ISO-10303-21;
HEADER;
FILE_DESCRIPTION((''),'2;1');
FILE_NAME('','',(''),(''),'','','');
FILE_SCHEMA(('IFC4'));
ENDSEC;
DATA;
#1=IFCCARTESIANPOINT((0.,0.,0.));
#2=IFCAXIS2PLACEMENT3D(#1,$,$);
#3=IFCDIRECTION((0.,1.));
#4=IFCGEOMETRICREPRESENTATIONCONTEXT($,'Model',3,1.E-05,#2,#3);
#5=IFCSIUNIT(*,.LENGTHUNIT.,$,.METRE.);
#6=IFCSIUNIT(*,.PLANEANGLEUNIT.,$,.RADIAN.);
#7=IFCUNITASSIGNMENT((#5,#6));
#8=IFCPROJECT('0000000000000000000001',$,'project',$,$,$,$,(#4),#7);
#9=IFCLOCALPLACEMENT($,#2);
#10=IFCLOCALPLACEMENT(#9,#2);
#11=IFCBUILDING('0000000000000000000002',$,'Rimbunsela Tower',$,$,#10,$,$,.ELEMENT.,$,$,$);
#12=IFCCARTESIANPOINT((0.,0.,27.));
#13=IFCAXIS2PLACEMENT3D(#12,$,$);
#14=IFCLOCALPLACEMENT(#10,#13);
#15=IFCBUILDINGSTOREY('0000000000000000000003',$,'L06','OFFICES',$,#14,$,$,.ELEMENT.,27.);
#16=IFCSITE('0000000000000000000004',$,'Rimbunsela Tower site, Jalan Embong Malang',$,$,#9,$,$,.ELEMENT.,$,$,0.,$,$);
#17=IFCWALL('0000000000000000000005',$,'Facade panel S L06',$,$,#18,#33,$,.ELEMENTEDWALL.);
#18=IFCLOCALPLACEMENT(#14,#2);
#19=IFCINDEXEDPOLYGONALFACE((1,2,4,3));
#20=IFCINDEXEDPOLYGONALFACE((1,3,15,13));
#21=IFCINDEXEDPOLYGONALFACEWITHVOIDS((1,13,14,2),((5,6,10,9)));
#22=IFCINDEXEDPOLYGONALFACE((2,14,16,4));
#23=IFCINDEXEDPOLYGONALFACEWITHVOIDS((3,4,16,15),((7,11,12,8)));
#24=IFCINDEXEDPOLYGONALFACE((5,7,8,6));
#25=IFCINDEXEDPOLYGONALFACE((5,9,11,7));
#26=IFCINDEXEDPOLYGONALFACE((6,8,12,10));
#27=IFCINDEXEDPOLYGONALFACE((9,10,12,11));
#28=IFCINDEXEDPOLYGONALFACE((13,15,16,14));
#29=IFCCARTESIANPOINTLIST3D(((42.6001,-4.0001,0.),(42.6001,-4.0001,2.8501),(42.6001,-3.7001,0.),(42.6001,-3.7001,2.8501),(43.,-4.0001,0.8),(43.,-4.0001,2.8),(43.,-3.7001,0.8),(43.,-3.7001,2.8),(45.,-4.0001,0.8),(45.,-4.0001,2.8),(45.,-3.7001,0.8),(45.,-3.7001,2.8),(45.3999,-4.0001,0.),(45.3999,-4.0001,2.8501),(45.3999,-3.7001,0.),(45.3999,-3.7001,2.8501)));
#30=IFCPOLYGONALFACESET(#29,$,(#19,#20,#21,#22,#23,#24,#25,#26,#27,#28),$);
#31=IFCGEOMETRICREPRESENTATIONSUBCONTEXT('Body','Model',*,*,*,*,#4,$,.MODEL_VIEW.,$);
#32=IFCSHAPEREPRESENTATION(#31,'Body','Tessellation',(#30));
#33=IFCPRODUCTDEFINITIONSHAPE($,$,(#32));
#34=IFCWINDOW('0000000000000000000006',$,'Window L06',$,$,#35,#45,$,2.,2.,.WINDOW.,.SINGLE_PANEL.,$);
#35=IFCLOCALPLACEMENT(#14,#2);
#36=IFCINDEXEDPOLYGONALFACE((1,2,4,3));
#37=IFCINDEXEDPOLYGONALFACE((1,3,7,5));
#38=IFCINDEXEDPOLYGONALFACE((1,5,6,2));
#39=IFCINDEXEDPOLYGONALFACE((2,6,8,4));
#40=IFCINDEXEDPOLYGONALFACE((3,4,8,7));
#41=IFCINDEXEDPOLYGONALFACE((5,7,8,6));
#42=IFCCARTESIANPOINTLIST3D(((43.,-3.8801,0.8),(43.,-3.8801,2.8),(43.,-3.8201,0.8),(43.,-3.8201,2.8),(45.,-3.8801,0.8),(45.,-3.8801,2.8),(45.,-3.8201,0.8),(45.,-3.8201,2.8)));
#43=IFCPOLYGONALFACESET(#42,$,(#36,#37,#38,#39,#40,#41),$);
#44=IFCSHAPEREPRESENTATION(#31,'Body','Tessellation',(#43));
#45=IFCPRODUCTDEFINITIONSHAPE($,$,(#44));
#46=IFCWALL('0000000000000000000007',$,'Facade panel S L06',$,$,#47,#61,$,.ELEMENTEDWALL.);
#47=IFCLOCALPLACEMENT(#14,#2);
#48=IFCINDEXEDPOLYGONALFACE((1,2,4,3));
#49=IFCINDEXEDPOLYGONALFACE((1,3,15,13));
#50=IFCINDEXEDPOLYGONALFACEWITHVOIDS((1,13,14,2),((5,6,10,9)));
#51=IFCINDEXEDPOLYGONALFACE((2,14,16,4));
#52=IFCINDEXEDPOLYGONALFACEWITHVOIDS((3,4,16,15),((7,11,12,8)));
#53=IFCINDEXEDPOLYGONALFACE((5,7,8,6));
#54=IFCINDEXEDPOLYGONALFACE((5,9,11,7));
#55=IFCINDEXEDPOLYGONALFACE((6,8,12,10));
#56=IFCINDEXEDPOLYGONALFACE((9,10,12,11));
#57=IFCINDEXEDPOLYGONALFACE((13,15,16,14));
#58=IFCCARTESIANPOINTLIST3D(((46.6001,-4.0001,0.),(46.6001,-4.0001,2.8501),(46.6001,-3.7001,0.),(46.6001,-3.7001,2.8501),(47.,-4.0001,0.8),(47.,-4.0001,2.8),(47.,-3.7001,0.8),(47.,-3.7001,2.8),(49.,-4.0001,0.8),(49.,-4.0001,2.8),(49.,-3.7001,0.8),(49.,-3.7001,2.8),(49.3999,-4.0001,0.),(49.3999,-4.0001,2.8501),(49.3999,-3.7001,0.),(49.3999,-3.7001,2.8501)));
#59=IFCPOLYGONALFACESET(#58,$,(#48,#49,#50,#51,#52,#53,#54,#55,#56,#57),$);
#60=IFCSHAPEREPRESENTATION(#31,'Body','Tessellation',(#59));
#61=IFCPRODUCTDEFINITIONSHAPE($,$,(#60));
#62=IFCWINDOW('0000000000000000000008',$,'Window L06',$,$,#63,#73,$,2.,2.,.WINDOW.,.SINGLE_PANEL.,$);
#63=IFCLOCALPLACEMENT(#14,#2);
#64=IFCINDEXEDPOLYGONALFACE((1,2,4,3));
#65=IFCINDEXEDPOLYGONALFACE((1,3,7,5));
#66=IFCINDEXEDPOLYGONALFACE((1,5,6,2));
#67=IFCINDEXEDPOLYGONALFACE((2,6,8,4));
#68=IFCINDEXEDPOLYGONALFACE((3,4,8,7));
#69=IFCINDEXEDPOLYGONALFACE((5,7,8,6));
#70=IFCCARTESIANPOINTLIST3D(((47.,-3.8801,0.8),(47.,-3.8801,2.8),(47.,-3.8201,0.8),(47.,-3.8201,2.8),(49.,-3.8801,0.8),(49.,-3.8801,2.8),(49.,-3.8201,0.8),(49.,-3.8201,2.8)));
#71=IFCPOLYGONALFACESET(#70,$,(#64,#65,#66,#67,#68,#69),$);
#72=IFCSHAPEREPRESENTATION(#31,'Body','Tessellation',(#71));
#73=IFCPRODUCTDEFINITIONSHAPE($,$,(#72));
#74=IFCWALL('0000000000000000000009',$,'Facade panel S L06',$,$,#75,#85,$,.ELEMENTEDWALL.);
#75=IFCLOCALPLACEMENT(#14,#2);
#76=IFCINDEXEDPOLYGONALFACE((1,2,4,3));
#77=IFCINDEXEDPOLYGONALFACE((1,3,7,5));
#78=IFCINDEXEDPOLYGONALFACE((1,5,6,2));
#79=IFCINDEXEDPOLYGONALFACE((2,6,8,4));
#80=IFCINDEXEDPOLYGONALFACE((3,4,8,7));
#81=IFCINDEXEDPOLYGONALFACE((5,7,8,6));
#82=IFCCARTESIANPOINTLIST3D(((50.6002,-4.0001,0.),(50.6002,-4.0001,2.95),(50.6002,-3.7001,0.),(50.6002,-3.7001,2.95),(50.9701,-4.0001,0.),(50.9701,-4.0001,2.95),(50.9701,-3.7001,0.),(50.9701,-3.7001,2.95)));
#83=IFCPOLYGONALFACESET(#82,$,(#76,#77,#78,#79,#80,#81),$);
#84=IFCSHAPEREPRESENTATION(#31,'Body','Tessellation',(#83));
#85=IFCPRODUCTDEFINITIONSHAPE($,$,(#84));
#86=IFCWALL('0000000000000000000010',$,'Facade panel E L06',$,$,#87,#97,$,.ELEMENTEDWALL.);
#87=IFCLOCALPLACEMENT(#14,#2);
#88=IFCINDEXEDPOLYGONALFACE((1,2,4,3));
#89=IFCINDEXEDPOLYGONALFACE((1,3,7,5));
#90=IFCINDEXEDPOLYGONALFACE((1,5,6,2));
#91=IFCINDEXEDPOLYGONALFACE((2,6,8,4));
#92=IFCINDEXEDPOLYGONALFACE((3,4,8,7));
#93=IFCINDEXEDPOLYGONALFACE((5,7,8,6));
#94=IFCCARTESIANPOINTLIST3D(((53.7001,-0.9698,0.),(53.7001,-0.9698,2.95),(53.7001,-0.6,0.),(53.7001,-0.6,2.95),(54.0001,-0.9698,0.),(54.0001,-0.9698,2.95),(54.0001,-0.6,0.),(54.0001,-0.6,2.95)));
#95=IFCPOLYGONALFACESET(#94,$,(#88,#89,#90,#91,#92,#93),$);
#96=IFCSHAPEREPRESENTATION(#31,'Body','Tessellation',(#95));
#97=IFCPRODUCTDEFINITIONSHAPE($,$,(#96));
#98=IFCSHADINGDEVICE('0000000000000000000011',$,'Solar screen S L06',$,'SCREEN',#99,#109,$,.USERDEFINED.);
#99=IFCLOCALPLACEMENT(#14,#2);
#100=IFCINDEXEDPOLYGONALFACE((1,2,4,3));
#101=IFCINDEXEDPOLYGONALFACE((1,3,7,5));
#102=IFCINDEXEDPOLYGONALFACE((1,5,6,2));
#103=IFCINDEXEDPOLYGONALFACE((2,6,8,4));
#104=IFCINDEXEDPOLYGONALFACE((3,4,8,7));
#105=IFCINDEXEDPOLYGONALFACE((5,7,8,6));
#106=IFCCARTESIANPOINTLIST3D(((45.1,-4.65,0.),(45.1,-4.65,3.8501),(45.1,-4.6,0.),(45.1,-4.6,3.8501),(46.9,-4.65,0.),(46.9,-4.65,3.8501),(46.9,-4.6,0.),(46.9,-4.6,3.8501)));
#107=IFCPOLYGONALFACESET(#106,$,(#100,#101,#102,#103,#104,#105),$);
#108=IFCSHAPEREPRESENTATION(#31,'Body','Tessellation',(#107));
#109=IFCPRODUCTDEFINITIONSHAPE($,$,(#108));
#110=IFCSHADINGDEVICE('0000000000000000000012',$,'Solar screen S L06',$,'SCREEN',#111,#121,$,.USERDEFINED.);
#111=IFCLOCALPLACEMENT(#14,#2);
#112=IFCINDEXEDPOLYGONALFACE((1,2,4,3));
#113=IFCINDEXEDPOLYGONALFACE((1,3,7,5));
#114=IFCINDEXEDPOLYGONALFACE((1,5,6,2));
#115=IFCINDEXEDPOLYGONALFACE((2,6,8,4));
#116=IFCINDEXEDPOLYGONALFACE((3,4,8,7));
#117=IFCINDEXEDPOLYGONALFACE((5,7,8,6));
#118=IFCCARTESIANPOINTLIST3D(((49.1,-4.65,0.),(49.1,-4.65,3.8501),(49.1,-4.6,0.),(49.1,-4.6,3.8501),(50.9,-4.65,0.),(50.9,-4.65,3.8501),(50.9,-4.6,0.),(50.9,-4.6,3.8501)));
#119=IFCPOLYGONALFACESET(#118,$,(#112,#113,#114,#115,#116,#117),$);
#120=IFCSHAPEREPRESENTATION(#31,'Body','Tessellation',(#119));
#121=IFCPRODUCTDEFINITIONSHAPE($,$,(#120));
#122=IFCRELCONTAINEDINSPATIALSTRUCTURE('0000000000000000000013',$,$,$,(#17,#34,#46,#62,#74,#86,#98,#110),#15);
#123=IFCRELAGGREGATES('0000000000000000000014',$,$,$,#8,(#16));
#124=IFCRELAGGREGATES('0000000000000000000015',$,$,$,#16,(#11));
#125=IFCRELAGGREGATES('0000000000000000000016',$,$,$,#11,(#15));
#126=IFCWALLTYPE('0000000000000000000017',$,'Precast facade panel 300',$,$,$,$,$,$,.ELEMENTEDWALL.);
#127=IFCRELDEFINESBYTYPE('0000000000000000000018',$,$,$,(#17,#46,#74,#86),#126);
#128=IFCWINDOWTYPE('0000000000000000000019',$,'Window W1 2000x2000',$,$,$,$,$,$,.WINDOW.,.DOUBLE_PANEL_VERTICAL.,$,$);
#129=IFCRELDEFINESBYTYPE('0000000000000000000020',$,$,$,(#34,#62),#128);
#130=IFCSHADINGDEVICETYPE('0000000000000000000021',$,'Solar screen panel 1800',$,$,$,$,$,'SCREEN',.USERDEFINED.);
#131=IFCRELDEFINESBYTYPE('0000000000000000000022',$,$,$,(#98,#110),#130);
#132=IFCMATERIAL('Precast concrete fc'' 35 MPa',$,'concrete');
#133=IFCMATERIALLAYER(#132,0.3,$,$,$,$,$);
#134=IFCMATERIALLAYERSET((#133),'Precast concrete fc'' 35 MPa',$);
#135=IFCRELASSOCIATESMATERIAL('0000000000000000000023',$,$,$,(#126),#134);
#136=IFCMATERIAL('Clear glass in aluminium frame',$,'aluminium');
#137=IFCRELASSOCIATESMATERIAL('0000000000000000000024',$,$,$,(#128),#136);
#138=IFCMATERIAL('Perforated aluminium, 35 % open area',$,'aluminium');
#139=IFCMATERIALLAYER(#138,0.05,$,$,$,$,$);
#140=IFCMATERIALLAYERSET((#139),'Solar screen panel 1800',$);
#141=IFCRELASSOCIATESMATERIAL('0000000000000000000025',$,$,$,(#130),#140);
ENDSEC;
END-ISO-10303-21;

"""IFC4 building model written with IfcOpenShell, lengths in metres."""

from ifc_helpers import new_model, si_unit, direction, frame, frame_2d, origin, origin_2d, place, context, subcontext, project, spatial, rectangle, extrude, material, layer, layer_set, type_object, element, fill, save


model = new_model("IFC4")

# Units and contexts
model_context = context("Model", 3, precision=1e-05, world=origin(), true_north=direction((0.0, 1.0)))
body_context = subcontext(model_context, "Body", "Model", "MODEL_VIEW")
ifc_project = project(units=[si_unit("LENGTHUNIT", "METRE"), si_unit("PLANEANGLEUNIT", "RADIAN")], contexts=[model_context])

# Site, building, storey
site_placement = place(None, origin())
site = spatial("IfcSite", under=ifc_project, at=site_placement, Name="Rimbunsela Tower site, Jalan Embong Malang", CompositionType="ELEMENT", RefElevation=0.0)
building_placement = place(site_placement, origin())
building = spatial("IfcBuilding", under=site, at=building_placement, Name="Rimbunsela Tower", CompositionType="ELEMENT")
storey_placement = place(building_placement, frame((0.0, 0.0, 27.0)))
storey = spatial("IfcBuildingStorey", under=building, at=storey_placement, Name="L06", Description="OFFICES", CompositionType="ELEMENT", Elevation=27.0)

# Walls, openings, windows
ifc_material_1 = material(Name="Precast concrete fc' 35 MPa", Category="concrete")
ifc_layer_1 = layer(ifc_material_1, 0.3)
ifc_layer_set_1 = layer_set([ifc_layer_1], Name="Precast concrete fc' 35 MPa")
wall_type_1 = type_object("IfcWallType", Name="Precast facade panel 300", PredefinedType="ELEMENTEDWALL", material=ifc_layer_set_1)
wall_1_placement = place(storey_placement, frame((42.6001, -3.8501, 0.0), z_axis=(0.0, 0.0, 1.0), x_axis=(1.0, 0.0, 0.0)))
wall_1 = element("IfcWall", 1, at=wall_1_placement, inside=storey, type_object=wall_type_1, Name="Facade panel S L06", PredefinedType="ELEMENTEDWALL", context=body_context, shape_type="SweptSolid", body=[
    extrude(rectangle(XDim=2.7998, YDim=0.3, at=frame_2d((1.3999, 0.0))), origin(), (0.0, 0.0, 1.0), 2.8501),
])
opening_1_placement = place(wall_1_placement, frame((0.3999, 0.0, 0.8)))
opening_1 = element("IfcOpeningElement", 2, at=opening_1_placement, cuts=wall_1, PredefinedType="OPENING", context=body_context, shape_type="SweptSolid", body=[
    extrude(rectangle(XDim=2.0, YDim=2.0, at=frame_2d((1.0, 1.0))), frame((0.0, 0.1599, 0.0), z_axis=(0.0, -1.0, 0.0), x_axis=(1.0, 0.0, 0.0)), (0.0, 0.0, 1.0), 0.3201),
])
ifc_material_2 = material(Name="Clear glass in aluminium frame", Category="aluminium")
window_type = type_object("IfcWindowType", Name="Window W1 2000x2000", PartitioningType="DOUBLE_PANEL_VERTICAL", PredefinedType="WINDOW", material=ifc_material_2)
window_1_placement = place(opening_1_placement, origin())
window_1 = element("IfcWindow", 3, at=window_1_placement, inside=storey, type_object=window_type, Name="Window L06", OverallHeight=2.0, OverallWidth=2.0, PartitioningType="SINGLE_PANEL", PredefinedType="WINDOW", context=body_context, shape_type="SweptSolid", body=[
    extrude(rectangle(XDim=2.0, YDim=2.0, at=frame_2d((1.0, 1.0))), frame((0.0, 0.03, 0.0), z_axis=(0.0, -1.0, 0.0), x_axis=(1.0, 0.0, 0.0)), (0.0, 0.0, 1.0), 0.0601),
])
fill(opening_1, window_1)
wall_2_placement = place(storey_placement, frame((46.6001, -3.8501, 0.0), z_axis=(0.0, 0.0, 1.0), x_axis=(1.0, 0.0, 0.0)))
wall_2 = element("IfcWall", 4, at=wall_2_placement, inside=storey, type_object=wall_type_1, Name="Facade panel S L06", PredefinedType="ELEMENTEDWALL", context=body_context, shape_type="SweptSolid", body=[
    extrude(rectangle(XDim=2.7998, YDim=0.3, at=frame_2d((1.3999, 0.0))), origin(), (0.0, 0.0, 1.0), 2.8501),
])
opening_2_placement = place(wall_2_placement, frame((0.3999, 0.0, 0.8)))
opening_2 = element("IfcOpeningElement", 5, at=opening_2_placement, cuts=wall_2, PredefinedType="OPENING", context=body_context, shape_type="SweptSolid", body=[
    extrude(rectangle(XDim=2.0, YDim=2.0, at=frame_2d((1.0, 1.0))), frame((0.0, 0.1599, 0.0), z_axis=(0.0, -1.0, 0.0), x_axis=(1.0, 0.0, 0.0)), (0.0, 0.0, 1.0), 0.3201),
])
window_2_placement = place(opening_2_placement, origin())
window_2 = element("IfcWindow", 6, at=window_2_placement, inside=storey, type_object=window_type, Name="Window L06", OverallHeight=2.0, OverallWidth=2.0, PartitioningType="SINGLE_PANEL", PredefinedType="WINDOW", context=body_context, shape_type="SweptSolid", body=[
    extrude(rectangle(XDim=2.0, YDim=2.0, at=frame_2d((1.0, 1.0))), frame((0.0, 0.03, 0.0), z_axis=(0.0, -1.0, 0.0), x_axis=(1.0, 0.0, 0.0)), (0.0, 0.0, 1.0), 0.0601),
])
fill(opening_2, window_2)

# Walls
for number, where, z_axis, x_axis, name in (
    (7, (50.6001, -3.8501, 0.0), (0.0, 0.0, 1.0), (1.0, 0.0, 0.0), "Facade panel S L06"),
    (8, (53.8501, -0.97, 0.0), (0.0, 0.0, 1.0), (0.0, 1.0, 0.0), "Facade panel E L06"),
):
    element("IfcWall", number, at=place(storey_placement, frame(where, z_axis=z_axis, x_axis=x_axis)), inside=storey, type_object=wall_type_1, Name=name, PredefinedType="ELEMENTEDWALL", context=body_context, shape_type="SweptSolid", body=[
        extrude(rectangle(XDim=0.3699, YDim=0.3, at=frame_2d((0.1851, 0.0))), origin(), (0.0, 0.0, 1.0), 2.95),
    ])

# Shading devices
ifc_material_3 = material(Name="Perforated aluminium, 35 % open area", Category="aluminium")
ifc_layer_2 = layer(ifc_material_3, 0.05)
ifc_layer_set_2 = layer_set([ifc_layer_2], Name="Solar screen panel 1800")
shading_device_type = type_object("IfcShadingDeviceType", Name="Solar screen panel 1800", ElementType="SCREEN", PredefinedType="USERDEFINED", material=ifc_layer_set_2)
for number, where, z_axis, x_axis, name in (
    (9, (46.0, -4.625, 0.0), (0.0, 0.0, 1.0), (1.0, 0.0, 0.0), "Solar screen S L06"),
    (10, (50.0, -4.625, 0.0), (0.0, 0.0, 1.0), (1.0, 0.0, 0.0), "Solar screen S L06"),
):
    element("IfcShadingDevice", number, at=place(storey_placement, frame(where, z_axis=z_axis, x_axis=x_axis)), inside=storey, type_object=shading_device_type, Name=name, ObjectType="SCREEN", PredefinedType="USERDEFINED", context=body_context, shape_type="SweptSolid", body=[
        extrude(rectangle(XDim=1.8, YDim=0.05, at=origin_2d()), origin(), (0.0, 0.0, 1.0), 3.8501),
    ])

save(model, "model.ifc")
